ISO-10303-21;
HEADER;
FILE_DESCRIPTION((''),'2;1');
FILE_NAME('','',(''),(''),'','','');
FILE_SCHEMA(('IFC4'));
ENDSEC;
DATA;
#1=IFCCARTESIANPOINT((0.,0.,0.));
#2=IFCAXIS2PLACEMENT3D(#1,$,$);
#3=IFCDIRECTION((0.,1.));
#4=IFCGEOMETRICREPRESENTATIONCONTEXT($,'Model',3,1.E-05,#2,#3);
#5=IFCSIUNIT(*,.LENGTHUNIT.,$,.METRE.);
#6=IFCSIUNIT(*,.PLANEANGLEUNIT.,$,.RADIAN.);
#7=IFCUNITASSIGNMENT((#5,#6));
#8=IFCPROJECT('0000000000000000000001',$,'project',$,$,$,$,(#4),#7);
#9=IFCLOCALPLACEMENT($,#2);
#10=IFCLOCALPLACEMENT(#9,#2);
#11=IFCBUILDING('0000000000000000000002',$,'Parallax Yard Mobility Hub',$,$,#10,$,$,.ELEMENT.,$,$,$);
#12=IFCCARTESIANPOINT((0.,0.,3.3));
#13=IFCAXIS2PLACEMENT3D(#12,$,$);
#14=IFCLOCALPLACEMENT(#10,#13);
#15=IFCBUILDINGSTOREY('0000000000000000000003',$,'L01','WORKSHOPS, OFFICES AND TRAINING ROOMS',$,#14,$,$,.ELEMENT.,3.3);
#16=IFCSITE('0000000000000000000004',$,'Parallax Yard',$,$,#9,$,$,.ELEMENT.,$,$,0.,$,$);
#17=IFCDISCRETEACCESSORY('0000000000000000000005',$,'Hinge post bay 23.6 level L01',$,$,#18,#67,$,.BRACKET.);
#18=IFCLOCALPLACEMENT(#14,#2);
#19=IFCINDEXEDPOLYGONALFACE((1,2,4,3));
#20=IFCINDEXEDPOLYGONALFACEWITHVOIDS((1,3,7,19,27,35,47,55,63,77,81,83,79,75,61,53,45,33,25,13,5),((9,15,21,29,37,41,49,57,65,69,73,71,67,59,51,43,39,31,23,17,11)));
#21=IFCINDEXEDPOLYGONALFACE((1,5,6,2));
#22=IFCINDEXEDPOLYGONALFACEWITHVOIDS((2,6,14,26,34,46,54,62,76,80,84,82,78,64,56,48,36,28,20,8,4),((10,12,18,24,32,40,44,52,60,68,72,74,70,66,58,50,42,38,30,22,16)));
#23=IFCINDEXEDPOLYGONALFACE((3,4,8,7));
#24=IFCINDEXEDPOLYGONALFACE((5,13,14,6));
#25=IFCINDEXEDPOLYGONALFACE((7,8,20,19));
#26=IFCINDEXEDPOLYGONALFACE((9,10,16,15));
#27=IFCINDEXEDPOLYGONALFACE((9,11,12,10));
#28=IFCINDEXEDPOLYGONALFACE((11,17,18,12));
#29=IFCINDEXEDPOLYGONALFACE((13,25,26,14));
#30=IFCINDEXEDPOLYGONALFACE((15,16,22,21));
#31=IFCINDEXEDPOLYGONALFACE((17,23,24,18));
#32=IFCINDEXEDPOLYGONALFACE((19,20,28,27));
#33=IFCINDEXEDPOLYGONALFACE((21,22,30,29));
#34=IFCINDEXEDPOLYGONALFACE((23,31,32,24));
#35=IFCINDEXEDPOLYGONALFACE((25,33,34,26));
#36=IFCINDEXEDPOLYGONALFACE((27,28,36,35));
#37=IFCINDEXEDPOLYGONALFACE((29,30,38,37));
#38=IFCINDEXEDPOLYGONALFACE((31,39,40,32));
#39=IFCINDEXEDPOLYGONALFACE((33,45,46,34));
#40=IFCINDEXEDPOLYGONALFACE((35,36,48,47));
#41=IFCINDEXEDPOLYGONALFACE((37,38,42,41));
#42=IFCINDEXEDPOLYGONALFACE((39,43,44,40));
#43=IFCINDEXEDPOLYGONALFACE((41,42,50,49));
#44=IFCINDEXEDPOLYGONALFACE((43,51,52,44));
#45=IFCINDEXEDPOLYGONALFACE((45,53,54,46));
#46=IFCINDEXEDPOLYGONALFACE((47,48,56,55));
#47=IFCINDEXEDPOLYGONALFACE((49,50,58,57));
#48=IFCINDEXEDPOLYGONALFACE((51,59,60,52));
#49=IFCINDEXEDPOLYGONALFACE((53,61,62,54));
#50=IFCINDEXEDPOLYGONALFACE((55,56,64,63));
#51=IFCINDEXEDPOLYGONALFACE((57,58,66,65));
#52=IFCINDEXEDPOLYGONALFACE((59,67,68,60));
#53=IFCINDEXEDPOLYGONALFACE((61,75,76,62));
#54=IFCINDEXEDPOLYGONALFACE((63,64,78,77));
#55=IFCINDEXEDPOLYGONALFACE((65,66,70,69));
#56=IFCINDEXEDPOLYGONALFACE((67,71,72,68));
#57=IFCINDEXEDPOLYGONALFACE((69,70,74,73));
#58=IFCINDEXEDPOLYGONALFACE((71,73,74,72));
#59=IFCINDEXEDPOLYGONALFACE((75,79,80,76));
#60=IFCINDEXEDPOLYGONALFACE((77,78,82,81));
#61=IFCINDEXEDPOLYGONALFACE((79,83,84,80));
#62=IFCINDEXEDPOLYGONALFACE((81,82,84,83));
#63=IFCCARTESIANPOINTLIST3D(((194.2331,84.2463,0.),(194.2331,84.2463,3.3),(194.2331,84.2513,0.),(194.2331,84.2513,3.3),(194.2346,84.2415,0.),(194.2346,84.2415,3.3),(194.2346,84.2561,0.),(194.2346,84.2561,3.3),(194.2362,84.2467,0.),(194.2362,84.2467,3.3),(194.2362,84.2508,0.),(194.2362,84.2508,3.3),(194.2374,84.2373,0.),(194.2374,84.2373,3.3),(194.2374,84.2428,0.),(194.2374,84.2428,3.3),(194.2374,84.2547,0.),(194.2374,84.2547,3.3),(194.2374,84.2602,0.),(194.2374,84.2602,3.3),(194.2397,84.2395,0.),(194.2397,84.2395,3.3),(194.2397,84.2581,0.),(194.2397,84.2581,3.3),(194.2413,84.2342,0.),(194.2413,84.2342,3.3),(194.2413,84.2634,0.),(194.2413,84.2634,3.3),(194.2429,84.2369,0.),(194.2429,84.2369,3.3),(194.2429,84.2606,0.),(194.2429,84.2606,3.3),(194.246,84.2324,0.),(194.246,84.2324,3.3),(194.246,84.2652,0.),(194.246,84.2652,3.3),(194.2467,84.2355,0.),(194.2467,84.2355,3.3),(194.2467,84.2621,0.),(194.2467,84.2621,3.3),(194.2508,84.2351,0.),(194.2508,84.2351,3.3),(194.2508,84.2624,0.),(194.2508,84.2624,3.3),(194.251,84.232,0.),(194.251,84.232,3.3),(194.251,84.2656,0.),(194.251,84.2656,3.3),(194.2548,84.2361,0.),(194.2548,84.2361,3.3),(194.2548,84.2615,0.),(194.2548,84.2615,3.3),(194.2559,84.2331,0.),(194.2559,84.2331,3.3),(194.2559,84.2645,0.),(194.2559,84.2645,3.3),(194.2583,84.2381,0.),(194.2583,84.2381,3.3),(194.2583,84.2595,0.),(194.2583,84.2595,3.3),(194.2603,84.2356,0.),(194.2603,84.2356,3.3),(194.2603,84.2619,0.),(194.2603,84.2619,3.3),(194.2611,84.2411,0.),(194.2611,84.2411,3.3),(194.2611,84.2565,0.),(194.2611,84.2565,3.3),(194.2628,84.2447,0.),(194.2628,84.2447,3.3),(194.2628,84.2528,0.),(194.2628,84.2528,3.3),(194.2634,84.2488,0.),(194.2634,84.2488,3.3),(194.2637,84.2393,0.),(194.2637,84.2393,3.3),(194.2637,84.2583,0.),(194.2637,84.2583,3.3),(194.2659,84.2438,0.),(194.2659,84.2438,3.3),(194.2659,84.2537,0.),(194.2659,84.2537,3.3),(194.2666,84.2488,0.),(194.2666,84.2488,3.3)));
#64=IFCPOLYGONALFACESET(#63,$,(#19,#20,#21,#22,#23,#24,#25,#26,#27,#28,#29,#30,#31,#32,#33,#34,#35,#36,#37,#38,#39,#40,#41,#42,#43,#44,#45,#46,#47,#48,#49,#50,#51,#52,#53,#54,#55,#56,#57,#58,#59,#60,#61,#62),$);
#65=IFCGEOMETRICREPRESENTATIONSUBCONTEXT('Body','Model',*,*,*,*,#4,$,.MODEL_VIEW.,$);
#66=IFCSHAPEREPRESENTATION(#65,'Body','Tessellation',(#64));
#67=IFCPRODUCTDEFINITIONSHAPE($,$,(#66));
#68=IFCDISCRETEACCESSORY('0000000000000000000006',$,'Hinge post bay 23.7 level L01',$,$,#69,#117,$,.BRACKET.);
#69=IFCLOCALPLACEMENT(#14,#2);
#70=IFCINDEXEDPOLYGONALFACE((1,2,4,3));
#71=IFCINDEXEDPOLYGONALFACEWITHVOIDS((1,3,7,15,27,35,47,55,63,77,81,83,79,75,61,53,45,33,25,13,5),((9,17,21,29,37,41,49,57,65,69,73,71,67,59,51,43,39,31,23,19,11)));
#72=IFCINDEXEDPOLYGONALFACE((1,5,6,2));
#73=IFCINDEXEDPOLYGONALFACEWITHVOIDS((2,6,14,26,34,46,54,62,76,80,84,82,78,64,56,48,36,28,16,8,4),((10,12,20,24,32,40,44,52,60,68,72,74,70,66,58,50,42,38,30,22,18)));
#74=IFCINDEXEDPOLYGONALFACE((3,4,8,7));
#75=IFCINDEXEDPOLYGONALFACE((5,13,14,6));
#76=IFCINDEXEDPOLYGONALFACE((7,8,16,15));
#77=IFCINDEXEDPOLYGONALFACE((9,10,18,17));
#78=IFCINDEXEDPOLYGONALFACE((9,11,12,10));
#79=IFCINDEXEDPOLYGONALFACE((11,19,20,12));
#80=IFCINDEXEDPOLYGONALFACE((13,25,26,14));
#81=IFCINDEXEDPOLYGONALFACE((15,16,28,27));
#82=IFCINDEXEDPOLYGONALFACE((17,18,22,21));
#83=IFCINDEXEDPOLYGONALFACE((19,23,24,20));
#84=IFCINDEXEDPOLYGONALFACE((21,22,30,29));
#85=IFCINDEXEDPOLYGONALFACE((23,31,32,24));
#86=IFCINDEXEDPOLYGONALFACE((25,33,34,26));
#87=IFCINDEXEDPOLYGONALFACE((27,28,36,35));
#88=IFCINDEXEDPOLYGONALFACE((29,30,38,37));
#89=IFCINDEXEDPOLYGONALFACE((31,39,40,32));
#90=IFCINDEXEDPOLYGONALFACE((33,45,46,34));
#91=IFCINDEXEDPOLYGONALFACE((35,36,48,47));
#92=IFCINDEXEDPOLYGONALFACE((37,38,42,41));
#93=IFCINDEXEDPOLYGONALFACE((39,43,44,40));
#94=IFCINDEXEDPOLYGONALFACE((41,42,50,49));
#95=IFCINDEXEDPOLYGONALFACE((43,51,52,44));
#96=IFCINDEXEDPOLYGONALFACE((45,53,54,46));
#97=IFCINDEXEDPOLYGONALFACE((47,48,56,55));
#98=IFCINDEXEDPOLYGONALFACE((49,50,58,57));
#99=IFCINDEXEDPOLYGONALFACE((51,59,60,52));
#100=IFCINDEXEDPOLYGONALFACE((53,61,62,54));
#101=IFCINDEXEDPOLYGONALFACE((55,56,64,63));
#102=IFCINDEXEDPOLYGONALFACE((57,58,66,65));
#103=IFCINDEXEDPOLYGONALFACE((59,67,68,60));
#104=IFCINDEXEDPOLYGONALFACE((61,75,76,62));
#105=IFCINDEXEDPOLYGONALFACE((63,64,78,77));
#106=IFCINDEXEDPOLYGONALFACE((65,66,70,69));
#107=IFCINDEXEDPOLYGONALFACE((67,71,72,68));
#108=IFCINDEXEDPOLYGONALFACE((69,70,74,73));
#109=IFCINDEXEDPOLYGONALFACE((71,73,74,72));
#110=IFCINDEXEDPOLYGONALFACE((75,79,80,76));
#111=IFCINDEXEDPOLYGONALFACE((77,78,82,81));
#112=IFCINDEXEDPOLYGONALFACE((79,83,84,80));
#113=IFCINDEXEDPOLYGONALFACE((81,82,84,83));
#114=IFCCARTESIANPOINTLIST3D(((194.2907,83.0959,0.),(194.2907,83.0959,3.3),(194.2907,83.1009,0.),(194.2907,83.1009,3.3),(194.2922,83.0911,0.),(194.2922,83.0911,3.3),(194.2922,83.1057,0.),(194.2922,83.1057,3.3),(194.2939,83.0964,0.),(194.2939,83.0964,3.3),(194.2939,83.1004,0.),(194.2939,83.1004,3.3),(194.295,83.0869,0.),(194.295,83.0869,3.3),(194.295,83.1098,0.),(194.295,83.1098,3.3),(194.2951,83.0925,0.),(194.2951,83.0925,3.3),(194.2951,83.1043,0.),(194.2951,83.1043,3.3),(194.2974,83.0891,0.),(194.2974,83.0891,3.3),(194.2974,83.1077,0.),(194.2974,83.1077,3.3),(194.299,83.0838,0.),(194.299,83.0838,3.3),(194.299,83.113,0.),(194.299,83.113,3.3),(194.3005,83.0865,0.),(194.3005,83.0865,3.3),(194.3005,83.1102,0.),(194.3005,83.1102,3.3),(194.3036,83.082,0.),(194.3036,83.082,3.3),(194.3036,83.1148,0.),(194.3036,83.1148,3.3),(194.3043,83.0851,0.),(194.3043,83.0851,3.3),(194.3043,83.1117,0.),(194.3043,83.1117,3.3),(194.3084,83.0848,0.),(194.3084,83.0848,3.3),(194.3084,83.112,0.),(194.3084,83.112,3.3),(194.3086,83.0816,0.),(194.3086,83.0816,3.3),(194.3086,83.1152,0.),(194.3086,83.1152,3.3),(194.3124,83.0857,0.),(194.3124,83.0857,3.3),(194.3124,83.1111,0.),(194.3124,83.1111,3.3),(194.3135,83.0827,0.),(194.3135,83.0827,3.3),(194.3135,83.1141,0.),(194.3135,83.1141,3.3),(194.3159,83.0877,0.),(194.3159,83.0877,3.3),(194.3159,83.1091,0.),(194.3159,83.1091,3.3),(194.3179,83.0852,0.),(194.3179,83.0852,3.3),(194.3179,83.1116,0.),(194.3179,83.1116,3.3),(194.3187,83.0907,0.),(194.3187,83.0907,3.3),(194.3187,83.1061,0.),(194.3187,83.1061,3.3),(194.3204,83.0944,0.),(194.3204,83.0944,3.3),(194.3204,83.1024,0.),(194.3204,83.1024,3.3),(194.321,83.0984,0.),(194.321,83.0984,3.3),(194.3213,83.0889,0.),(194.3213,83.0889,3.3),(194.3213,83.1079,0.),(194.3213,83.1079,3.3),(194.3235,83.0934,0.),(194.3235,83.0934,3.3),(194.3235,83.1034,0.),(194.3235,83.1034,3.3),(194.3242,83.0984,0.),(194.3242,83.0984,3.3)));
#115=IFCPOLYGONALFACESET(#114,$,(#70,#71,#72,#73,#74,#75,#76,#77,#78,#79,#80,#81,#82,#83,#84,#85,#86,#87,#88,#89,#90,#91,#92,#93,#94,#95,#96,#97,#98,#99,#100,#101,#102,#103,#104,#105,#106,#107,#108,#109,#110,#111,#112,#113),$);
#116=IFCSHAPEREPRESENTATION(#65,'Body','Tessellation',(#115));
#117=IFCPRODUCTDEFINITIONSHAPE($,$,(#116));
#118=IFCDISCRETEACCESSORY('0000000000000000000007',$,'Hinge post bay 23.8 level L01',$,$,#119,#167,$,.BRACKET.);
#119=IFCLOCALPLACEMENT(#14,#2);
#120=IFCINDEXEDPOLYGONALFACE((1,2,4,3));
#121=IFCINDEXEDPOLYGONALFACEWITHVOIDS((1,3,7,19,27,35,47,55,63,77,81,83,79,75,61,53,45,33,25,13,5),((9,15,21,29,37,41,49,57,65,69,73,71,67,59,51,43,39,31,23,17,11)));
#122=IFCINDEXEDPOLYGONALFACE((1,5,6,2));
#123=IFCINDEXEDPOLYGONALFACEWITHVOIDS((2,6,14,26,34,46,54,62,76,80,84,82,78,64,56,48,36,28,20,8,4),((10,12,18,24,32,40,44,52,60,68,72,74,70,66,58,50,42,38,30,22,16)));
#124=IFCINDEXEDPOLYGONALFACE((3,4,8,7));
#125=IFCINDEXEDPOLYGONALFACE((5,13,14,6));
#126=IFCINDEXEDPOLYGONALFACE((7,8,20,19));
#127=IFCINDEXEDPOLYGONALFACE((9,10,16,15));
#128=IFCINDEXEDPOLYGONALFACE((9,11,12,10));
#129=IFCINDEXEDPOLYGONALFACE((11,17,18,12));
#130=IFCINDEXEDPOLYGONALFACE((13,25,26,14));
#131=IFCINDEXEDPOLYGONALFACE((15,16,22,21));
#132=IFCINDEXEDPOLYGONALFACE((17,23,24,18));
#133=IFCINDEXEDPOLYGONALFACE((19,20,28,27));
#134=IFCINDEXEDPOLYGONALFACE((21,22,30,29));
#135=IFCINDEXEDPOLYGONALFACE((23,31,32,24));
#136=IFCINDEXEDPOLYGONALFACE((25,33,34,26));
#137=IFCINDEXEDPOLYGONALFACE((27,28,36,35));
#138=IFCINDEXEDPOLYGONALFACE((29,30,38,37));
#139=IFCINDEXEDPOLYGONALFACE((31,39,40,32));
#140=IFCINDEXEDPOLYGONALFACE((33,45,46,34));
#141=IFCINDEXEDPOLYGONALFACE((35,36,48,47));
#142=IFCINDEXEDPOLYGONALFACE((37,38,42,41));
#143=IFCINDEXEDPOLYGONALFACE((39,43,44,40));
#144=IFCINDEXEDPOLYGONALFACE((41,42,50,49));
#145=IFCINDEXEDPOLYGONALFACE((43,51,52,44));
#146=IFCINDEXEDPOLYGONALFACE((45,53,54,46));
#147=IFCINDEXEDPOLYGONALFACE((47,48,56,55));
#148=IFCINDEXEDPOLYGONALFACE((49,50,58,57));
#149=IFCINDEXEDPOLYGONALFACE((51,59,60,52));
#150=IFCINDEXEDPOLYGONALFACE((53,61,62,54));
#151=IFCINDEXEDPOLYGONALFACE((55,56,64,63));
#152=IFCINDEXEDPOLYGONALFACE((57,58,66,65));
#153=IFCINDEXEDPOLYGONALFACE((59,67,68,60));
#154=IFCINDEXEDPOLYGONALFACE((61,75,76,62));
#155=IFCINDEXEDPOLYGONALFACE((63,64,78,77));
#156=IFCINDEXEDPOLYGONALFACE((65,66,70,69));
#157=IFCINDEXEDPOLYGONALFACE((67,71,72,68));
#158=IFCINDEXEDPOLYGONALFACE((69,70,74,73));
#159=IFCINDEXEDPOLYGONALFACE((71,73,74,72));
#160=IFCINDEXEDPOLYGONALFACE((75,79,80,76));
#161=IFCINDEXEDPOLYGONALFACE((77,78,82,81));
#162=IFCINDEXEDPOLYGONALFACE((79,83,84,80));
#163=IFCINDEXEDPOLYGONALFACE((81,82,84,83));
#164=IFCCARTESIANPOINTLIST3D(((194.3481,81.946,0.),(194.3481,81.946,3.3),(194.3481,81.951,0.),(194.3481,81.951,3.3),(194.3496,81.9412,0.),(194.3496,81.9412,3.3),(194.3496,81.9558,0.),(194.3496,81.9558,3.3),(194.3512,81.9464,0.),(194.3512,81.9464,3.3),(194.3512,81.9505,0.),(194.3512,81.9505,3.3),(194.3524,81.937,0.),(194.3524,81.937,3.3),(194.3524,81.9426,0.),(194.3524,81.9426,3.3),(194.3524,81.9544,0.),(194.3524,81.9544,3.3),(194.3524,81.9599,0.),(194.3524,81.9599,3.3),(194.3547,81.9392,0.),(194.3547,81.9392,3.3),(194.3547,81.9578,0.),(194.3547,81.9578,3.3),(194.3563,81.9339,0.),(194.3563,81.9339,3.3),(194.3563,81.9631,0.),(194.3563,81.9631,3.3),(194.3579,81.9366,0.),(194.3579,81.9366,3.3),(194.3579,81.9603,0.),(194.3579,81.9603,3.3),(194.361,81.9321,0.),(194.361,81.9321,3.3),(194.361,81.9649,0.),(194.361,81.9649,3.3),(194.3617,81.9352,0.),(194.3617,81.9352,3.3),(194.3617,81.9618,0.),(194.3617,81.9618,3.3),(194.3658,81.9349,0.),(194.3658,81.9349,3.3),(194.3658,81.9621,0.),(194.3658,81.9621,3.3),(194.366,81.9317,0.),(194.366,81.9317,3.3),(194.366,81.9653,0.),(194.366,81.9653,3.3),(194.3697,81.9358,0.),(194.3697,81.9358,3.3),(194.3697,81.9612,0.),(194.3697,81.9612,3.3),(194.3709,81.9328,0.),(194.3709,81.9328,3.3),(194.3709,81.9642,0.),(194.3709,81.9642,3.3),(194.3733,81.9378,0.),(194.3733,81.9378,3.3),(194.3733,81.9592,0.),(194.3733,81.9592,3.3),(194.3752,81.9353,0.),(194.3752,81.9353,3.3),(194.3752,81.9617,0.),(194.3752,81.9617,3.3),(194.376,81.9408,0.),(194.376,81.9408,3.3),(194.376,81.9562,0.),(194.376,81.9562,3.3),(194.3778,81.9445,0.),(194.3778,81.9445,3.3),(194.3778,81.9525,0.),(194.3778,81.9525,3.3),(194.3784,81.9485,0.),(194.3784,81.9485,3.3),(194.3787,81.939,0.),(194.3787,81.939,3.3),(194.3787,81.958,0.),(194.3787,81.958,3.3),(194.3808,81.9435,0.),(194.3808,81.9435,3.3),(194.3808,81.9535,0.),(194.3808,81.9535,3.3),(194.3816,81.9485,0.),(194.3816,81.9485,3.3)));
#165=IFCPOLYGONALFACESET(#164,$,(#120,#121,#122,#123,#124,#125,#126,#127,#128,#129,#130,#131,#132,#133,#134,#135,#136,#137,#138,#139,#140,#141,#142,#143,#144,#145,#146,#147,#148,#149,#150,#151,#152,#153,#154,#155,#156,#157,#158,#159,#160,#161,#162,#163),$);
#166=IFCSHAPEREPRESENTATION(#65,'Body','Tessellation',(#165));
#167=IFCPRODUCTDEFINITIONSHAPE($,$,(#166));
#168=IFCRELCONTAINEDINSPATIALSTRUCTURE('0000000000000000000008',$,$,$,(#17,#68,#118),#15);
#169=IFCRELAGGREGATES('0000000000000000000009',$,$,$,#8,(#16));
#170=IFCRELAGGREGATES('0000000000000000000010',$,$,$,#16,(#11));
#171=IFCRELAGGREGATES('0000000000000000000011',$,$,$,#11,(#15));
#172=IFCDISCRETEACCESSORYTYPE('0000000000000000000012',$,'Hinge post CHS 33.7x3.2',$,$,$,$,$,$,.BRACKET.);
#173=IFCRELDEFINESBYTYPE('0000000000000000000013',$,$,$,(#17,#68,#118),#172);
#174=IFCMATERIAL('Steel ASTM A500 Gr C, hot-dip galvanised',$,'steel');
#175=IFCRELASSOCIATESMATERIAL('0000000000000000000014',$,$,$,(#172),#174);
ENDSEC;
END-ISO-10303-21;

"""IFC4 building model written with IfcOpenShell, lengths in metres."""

from ifc_helpers import new_model, si_unit, direction, frame, origin, origin_2d, place, context, subcontext, project, spatial, hollow_circle, extrude, material, material_profile, profile_set, type_object, element, save


model = new_model("IFC4")

# Units and contexts
model_context = context("Model", 3, precision=1e-05, world=origin(), true_north=direction((0.0, 1.0)))
body_context = subcontext(model_context, "Body", "Model", "MODEL_VIEW")
ifc_project = project(units=[si_unit("LENGTHUNIT", "METRE"), si_unit("PLANEANGLEUNIT", "RADIAN")], contexts=[model_context])

# Site, building, storey
site_placement = place(None, origin())
site = spatial("IfcSite", under=ifc_project, at=site_placement, Name="Parallax Yard", CompositionType="ELEMENT", RefElevation=0.0)
building_placement = place(site_placement, origin())
building = spatial("IfcBuilding", under=site, at=building_placement, Name="Parallax Yard Mobility Hub", CompositionType="ELEMENT")
storey_placement = place(building_placement, frame((0.0, 0.0, 3.3)))
storey = spatial("IfcBuildingStorey", under=building, at=storey_placement, Name="L01", Description="WORKSHOPS, OFFICES AND TRAINING ROOMS", CompositionType="ELEMENT", Elevation=3.3)

# Discrete accessories
ifc_material_1 = material(Name="Steel ASTM A500 Gr C, hot-dip galvanised", Category="steel")
ifc_material_profile = material_profile(ifc_material_1, hollow_circle(Radius=0.0168, WallThickness=0.0032, at=origin_2d()), Name="CHS 33.7x3.2")
ifc_profile_set = profile_set([ifc_material_profile], Name="Steel ASTM A500 Gr C, hot-dip galvanised")
discrete_accessory_type_1 = type_object("IfcDiscreteAccessoryType", Name="Hinge post CHS 33.7x3.2", PredefinedType="BRACKET", material=ifc_profile_set)
for number, where, z_axis, x_axis, name in (
    (1, (194.2498, 84.2488, 0.0), (0.0, 0.0, 1.0), (1.0, 0.0, 0.0), "Hinge post bay 23.6 level L01"),
    (2, (194.3074, 83.0984, 0.0), (0.0, 0.0, 1.0), (1.0, 0.0, 0.0), "Hinge post bay 23.7 level L01"),
    (3, (194.3647, 81.9485, 0.0), (0.0, 0.0, 1.0), (1.0, 0.0, 0.0), "Hinge post bay 23.8 level L01"),
):
    element("IfcDiscreteAccessory", number, at=place(storey_placement, frame(where, z_axis=z_axis, x_axis=x_axis)), inside=storey, type_object=discrete_accessory_type_1, Name=name, PredefinedType="BRACKET", context=body_context, shape_type="SweptSolid", body=[
        extrude(hollow_circle(Radius=0.0168, WallThickness=0.0032, at=origin_2d()), origin(), (0.0, 0.0, 1.0), 3.3),
    ])

save(model, "model.ifc")
